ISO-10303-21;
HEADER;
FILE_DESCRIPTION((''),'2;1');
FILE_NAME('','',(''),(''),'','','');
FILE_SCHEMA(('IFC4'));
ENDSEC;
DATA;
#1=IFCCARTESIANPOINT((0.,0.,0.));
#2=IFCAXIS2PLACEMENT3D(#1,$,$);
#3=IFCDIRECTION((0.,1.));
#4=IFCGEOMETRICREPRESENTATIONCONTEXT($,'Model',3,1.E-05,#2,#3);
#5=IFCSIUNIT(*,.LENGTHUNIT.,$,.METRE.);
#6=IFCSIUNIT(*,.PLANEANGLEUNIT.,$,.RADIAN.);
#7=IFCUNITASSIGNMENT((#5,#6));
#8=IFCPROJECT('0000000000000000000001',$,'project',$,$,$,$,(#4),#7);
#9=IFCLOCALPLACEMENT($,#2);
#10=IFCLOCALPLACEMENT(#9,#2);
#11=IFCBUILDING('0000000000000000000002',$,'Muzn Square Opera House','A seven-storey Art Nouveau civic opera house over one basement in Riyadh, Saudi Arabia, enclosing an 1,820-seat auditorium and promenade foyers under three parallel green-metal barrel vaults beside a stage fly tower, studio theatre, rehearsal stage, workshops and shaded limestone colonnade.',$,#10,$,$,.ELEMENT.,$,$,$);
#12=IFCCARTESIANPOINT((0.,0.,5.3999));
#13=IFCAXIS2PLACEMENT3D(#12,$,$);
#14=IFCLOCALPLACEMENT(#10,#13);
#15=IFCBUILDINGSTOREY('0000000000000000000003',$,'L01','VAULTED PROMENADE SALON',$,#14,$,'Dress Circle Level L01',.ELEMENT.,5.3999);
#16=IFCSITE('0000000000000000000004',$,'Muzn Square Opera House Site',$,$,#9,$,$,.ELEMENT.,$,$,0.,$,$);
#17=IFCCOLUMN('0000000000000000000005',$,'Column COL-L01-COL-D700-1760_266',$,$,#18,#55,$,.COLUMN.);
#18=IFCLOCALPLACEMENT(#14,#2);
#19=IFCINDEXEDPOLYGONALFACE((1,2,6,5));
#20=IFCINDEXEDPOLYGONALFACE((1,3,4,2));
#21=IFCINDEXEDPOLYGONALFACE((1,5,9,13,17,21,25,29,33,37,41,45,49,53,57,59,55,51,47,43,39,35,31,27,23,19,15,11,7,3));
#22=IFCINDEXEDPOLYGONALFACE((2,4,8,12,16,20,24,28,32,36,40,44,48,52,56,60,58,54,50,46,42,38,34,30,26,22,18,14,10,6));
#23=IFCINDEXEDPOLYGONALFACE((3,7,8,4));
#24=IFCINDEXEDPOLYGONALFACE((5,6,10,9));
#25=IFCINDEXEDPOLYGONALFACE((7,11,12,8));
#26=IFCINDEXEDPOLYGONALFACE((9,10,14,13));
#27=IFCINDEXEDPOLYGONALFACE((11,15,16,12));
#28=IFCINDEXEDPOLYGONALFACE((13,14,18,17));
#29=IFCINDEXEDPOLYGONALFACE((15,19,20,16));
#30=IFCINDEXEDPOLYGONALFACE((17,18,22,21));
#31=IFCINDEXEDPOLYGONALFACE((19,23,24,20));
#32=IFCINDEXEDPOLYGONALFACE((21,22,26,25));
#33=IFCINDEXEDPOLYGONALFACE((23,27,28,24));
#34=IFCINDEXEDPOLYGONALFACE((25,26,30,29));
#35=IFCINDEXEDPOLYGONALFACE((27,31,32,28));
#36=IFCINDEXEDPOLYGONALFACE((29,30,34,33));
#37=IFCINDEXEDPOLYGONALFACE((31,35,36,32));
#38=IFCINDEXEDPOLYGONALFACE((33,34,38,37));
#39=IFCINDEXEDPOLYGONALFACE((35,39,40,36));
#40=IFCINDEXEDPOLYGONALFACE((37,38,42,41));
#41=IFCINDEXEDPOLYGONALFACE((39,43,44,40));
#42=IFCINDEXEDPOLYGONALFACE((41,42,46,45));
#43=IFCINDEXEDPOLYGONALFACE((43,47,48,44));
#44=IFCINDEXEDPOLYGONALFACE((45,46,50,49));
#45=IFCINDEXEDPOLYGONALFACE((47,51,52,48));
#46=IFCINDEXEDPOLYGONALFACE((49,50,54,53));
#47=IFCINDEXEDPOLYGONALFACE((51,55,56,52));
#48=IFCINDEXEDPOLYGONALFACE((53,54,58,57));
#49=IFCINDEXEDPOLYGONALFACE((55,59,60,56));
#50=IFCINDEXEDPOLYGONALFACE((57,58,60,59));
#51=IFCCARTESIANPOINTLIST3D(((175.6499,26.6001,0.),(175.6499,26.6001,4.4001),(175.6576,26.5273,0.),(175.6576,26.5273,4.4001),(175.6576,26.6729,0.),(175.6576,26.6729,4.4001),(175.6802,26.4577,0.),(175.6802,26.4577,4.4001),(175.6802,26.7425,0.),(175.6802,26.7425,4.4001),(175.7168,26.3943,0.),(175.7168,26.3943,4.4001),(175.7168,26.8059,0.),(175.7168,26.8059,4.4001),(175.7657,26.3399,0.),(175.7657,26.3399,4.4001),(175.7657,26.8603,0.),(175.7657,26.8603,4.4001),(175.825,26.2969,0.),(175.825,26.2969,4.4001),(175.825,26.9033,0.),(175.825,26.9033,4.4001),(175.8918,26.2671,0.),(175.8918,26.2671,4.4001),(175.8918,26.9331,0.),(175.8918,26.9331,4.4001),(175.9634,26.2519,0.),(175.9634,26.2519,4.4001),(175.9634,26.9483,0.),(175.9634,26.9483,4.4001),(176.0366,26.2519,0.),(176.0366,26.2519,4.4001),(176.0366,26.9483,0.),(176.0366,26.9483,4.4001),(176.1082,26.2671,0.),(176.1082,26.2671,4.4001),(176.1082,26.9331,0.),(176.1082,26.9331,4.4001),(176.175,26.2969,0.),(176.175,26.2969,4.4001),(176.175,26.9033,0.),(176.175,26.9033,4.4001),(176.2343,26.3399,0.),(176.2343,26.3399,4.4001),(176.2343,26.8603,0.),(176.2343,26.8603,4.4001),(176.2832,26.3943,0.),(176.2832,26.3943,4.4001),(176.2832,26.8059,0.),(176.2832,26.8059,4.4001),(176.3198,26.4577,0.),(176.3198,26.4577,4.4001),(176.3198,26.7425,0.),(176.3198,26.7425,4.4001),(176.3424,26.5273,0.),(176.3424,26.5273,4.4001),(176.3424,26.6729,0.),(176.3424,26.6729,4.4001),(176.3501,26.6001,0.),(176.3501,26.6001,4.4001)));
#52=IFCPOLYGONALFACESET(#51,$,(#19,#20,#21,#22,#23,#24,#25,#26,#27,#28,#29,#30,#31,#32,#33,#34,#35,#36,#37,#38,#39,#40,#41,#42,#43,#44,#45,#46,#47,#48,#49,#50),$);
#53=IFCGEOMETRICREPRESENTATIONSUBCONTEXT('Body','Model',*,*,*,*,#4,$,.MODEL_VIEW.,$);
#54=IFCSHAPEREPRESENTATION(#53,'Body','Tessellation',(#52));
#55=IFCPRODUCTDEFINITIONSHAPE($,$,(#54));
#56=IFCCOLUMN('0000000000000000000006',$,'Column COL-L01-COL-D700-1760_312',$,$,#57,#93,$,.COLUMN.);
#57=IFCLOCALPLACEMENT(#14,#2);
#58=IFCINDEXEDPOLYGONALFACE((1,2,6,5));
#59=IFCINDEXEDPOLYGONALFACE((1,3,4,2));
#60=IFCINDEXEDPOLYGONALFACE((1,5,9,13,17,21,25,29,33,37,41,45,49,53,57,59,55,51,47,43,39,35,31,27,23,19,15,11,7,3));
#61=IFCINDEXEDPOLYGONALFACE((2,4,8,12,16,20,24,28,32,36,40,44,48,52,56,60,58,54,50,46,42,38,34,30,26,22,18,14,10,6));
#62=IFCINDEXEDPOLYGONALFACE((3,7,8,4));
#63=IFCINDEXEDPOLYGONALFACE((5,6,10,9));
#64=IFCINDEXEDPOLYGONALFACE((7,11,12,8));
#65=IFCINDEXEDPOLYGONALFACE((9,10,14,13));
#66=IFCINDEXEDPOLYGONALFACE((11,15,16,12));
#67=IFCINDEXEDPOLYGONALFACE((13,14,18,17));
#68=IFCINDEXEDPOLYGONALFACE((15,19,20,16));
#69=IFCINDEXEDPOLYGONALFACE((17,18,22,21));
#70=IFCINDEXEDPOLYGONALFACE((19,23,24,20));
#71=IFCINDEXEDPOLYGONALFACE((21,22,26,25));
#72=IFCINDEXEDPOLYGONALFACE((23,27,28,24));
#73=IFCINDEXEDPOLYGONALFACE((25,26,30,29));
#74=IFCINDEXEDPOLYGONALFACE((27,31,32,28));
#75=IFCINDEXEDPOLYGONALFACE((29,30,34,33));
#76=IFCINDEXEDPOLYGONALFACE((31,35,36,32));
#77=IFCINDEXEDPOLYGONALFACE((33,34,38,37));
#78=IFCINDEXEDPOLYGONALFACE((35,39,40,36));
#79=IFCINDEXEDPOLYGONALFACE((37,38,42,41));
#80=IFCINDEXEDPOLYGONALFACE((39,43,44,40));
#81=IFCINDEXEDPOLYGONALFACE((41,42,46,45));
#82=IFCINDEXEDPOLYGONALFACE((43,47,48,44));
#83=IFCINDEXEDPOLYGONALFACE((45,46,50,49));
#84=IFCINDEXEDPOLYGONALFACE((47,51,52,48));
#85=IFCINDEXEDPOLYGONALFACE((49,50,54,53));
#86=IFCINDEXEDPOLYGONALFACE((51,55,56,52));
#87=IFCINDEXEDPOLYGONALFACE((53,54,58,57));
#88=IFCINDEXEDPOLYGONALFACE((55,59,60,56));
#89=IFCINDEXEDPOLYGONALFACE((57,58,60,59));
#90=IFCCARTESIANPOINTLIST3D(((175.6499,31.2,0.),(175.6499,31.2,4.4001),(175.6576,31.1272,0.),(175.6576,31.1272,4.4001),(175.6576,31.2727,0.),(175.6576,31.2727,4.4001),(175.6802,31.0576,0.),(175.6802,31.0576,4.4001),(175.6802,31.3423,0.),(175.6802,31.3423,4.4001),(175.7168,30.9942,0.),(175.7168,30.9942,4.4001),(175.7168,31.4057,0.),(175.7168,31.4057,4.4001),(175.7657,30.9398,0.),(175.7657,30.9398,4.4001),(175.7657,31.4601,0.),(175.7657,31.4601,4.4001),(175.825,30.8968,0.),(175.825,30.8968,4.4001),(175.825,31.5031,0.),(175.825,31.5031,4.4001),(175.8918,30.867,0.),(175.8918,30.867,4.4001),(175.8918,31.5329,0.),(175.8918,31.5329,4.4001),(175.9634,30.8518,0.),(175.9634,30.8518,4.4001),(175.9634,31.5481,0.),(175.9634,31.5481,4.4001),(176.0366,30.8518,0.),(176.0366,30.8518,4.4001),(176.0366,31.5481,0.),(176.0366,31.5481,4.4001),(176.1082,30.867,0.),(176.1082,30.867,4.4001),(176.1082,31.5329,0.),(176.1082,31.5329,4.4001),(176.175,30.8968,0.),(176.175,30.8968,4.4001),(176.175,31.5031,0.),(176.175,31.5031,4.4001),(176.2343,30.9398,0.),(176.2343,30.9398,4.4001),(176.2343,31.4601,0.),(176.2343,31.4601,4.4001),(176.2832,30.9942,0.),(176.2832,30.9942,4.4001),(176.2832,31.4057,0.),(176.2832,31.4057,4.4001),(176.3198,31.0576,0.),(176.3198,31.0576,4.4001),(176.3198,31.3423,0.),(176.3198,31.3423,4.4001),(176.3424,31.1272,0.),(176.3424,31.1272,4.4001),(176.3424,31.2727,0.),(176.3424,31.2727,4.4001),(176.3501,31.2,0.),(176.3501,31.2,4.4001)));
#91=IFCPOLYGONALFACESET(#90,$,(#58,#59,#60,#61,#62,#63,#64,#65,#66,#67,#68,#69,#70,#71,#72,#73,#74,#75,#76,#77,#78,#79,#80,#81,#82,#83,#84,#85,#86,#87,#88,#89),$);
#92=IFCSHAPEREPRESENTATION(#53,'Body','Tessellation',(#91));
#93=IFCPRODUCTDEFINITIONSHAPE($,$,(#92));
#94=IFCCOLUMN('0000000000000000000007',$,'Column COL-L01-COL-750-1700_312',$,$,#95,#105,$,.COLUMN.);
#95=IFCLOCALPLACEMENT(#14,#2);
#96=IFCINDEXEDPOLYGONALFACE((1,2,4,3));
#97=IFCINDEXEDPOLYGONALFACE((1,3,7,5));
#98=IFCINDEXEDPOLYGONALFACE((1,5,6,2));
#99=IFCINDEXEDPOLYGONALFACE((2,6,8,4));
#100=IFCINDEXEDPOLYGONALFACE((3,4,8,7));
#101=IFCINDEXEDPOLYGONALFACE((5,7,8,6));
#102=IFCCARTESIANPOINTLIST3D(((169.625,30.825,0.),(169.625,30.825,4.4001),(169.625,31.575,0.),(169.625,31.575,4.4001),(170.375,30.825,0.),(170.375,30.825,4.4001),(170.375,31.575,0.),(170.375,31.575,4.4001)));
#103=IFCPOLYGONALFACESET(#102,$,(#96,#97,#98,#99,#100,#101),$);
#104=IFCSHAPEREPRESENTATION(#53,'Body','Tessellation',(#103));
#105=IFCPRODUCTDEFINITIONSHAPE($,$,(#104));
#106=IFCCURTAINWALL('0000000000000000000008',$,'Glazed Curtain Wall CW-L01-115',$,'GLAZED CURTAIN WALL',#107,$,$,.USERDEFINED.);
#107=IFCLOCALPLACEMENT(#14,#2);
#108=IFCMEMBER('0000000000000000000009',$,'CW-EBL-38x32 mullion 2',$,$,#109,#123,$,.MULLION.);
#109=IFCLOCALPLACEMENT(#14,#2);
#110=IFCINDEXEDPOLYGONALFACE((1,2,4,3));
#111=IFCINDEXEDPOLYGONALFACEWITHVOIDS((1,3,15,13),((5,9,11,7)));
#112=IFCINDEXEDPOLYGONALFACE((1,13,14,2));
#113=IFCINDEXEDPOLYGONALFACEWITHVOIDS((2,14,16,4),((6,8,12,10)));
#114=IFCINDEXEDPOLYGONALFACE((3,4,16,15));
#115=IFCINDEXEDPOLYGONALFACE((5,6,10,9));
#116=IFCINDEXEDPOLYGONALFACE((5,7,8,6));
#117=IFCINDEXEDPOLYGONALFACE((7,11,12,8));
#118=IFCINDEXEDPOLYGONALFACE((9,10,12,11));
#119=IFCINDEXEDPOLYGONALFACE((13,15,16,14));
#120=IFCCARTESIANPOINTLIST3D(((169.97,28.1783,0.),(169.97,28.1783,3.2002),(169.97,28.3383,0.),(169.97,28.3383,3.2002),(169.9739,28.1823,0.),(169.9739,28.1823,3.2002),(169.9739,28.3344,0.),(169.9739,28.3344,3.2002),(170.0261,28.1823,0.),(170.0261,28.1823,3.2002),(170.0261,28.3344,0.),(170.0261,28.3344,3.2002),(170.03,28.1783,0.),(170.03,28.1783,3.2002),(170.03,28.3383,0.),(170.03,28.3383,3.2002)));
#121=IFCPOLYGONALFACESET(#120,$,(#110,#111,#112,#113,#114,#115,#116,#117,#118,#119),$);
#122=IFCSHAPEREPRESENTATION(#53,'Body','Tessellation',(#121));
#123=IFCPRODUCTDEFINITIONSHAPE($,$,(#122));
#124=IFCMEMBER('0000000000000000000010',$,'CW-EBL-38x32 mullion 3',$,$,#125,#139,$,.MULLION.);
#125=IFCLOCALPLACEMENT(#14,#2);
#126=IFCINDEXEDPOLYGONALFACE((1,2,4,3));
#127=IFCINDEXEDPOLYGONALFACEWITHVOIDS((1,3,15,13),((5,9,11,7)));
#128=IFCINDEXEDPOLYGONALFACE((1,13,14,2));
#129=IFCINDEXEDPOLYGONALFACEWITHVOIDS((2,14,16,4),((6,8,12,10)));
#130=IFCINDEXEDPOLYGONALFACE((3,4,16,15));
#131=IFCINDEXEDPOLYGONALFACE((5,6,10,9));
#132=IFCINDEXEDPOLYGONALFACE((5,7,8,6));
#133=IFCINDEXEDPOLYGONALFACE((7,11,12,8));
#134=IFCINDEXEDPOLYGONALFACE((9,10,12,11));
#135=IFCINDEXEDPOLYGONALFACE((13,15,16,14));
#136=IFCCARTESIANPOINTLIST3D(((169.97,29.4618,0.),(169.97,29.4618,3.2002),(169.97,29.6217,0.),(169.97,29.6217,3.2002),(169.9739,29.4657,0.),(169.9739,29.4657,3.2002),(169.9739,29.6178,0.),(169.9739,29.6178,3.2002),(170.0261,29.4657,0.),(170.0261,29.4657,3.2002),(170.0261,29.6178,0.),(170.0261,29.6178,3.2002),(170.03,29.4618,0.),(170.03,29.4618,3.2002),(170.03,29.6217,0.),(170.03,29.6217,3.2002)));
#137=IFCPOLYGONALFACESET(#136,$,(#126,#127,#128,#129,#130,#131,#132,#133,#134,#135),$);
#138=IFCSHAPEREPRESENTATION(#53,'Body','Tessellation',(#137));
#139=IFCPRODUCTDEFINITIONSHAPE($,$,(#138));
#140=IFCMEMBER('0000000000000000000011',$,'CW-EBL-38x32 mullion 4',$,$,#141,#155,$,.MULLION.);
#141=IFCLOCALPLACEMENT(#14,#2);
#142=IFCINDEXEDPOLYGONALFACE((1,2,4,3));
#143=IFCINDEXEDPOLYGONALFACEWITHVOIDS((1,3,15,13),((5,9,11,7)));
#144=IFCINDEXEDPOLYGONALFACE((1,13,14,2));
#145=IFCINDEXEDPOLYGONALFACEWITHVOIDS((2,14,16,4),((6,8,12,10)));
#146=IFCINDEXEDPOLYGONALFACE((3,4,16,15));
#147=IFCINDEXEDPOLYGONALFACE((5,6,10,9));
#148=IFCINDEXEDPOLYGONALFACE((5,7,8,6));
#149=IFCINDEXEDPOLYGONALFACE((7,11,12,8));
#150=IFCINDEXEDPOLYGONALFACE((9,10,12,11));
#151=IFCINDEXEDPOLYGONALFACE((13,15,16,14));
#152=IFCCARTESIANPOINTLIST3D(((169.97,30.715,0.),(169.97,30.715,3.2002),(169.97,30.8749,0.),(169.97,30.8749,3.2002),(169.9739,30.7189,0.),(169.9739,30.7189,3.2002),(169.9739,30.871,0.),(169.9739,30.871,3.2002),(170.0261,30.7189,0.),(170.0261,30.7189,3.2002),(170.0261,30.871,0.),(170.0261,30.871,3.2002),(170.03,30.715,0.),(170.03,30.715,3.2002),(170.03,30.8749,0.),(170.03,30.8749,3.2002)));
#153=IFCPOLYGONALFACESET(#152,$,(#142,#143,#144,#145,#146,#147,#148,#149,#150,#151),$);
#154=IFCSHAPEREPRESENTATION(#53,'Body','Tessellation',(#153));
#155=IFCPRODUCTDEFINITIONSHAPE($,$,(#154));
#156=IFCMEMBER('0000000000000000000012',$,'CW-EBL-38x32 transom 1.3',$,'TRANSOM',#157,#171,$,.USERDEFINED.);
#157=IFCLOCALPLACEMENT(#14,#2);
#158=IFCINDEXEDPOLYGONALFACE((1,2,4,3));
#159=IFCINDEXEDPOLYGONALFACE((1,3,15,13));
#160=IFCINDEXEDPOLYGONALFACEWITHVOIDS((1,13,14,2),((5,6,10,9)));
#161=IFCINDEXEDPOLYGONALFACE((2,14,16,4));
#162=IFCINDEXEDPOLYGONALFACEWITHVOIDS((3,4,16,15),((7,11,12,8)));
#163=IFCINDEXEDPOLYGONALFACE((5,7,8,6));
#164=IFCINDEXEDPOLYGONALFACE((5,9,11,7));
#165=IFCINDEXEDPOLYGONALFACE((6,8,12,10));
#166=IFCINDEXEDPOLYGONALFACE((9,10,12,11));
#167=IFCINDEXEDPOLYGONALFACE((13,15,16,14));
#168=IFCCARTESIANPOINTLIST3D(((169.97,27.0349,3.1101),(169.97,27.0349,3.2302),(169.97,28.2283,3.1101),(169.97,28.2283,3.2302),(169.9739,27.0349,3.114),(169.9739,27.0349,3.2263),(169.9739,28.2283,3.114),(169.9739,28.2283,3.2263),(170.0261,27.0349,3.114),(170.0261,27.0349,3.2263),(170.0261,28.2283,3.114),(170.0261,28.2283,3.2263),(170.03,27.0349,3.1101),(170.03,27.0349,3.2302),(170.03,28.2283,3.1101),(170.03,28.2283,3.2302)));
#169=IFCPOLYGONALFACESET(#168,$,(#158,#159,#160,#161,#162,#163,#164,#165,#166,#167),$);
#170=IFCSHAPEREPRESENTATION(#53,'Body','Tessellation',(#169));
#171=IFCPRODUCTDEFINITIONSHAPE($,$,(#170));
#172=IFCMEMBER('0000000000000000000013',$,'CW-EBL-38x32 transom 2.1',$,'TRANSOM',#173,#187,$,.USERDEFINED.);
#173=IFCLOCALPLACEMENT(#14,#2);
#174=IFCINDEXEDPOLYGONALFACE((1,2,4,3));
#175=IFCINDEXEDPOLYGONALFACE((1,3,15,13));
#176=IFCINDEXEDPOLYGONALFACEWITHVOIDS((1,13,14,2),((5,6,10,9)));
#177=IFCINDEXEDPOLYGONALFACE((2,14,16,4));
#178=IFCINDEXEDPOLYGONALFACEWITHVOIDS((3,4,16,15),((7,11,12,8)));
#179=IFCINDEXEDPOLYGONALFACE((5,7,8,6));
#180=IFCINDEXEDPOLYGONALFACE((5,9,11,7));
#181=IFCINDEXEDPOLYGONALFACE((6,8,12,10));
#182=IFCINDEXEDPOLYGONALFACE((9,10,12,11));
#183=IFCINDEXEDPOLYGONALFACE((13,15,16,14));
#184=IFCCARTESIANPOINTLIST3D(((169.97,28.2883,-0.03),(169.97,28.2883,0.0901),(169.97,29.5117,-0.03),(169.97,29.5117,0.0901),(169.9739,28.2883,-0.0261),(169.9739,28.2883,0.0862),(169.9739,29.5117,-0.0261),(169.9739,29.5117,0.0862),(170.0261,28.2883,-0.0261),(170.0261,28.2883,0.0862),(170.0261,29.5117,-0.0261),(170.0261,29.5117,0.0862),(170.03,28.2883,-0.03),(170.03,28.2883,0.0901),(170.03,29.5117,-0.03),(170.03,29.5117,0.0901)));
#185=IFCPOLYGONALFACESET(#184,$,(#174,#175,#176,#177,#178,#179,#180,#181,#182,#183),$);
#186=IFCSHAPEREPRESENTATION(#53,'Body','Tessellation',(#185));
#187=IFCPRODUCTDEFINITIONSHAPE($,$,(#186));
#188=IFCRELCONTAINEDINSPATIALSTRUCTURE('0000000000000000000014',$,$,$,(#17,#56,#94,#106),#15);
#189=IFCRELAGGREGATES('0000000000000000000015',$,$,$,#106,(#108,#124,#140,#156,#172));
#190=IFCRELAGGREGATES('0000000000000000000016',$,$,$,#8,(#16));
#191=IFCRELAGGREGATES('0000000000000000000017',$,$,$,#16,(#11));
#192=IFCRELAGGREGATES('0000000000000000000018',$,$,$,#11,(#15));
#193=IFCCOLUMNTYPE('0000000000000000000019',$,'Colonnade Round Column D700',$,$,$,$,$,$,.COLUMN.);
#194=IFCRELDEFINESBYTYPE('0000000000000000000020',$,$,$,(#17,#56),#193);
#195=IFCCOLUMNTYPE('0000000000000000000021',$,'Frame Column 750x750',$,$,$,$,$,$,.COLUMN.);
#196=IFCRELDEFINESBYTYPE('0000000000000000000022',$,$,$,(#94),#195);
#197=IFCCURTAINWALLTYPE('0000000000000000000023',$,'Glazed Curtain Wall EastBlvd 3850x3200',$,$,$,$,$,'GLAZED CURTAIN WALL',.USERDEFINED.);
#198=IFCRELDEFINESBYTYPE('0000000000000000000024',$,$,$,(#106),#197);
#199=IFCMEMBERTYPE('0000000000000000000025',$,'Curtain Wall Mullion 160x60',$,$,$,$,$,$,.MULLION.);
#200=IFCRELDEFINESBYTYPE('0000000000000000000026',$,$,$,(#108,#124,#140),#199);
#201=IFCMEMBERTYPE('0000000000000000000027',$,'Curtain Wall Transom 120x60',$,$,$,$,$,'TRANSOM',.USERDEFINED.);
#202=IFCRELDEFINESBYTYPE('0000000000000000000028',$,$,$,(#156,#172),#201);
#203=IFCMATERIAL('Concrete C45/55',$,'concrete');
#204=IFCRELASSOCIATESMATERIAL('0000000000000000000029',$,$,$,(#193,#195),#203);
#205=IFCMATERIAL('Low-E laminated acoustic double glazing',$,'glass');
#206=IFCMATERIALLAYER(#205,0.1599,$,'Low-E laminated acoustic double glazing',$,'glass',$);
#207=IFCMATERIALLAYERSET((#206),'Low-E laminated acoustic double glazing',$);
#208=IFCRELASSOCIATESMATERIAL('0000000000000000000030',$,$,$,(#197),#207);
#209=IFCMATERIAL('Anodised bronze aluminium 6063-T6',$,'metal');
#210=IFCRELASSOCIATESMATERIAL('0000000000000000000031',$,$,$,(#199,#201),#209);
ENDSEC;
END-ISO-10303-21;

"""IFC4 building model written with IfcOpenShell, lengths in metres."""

from ifc_helpers import new_model, si_unit, direction, frame, origin, origin_2d, place, context, subcontext, project, spatial, rectangle, hollow_rectangle, circle, extrude, material, layer, layer_set, material_profile, profile_set, type_object, element, aggregate, save


model = new_model("IFC4")

# Units and contexts
model_context = context("Model", 3, precision=1e-05, world=origin(), true_north=direction((0.0, 1.0)))
body_context = subcontext(model_context, "Body", "Model", "MODEL_VIEW")
ifc_project = project(units=[si_unit("LENGTHUNIT", "METRE"), si_unit("PLANEANGLEUNIT", "RADIAN")], contexts=[model_context])

# Site, building, storey
site_placement = place(None, origin())
site = spatial("IfcSite", under=ifc_project, at=site_placement, Name="Muzn Square Opera House Site", CompositionType="ELEMENT", RefElevation=0.0)
building_placement = place(site_placement, origin())
building = spatial("IfcBuilding", under=site, at=building_placement, Name="Muzn Square Opera House", Description="A seven-storey Art Nouveau civic opera house over one basement in Riyadh, Saudi Arabia, enclosing an 1,820-seat auditorium and promenade foyers under three parallel green-metal barrel vaults beside a stage fly tower, studio theatre, rehearsal stage, workshops and shaded limestone colonnade.", CompositionType="ELEMENT")
storey_placement = place(building_placement, frame((0.0, 0.0, 5.3999)))
storey = spatial("IfcBuildingStorey", under=building, at=storey_placement, Name="L01", Description="VAULTED PROMENADE SALON", LongName="Dress Circle Level L01", CompositionType="ELEMENT", Elevation=5.3999)

# Columns
ifc_material_1 = material(Name="Concrete C45/55", Category="concrete")
ifc_material_profile_1 = material_profile(ifc_material_1, circle(Radius=0.3501, at=origin_2d()), Name="RCC D700", Category="concrete")
ifc_profile_set_1 = profile_set([ifc_material_profile_1], Name="Concrete C45/55")
column_type_1 = type_object("IfcColumnType", Name="Colonnade Round Column D700", PredefinedType="COLUMN", material=ifc_profile_set_1)
for number, where, z_axis, x_axis, name in (
    (1, (176.0, 26.6001, 0.0), (0.0, 0.0, 1.0), (1.0, 0.0, 0.0), "Column COL-L01-COL-D700-1760_266"),
    (2, (176.0, 31.2, 0.0), (0.0, 0.0, 1.0), (1.0, 0.0, 0.0), "Column COL-L01-COL-D700-1760_312"),
):
    element("IfcColumn", number, at=place(storey_placement, frame(where, z_axis=z_axis, x_axis=x_axis)), inside=storey, type_object=column_type_1, Name=name, PredefinedType="COLUMN", context=body_context, shape_type="SweptSolid", body=[
        extrude(circle(Radius=0.3501, at=origin_2d()), origin(), (0.0, 0.0, 1.0), 4.4001),
    ])
ifc_material_profile_2 = material_profile(ifc_material_1, rectangle(XDim=0.75, YDim=0.75, at=origin_2d()), Name="RC 750x750", Category="concrete")
ifc_profile_set_2 = profile_set([ifc_material_profile_2], Name="Concrete C45/55")
column_type_2 = type_object("IfcColumnType", Name="Frame Column 750x750", PredefinedType="COLUMN", material=ifc_profile_set_2)
column_placement = place(storey_placement, frame((170.0, 31.2, 0.0), z_axis=(0.0, 0.0, 1.0), x_axis=(1.0, 0.0, 0.0)))
element("IfcColumn", 3, at=column_placement, inside=storey, type_object=column_type_2, Name="Column COL-L01-COL-750-1700_312", PredefinedType="COLUMN", context=body_context, shape_type="SweptSolid", body=[
    extrude(rectangle(XDim=0.75, YDim=0.75, at=origin_2d()), origin(), (0.0, 0.0, 1.0), 4.4001),
])

# Curtain wall, members
ifc_material_2 = material(Name="Low-E laminated acoustic double glazing", Category="glass")
ifc_layer_1 = layer(ifc_material_2, 0.1599, Name="Low-E laminated acoustic double glazing", Category="glass")
ifc_layer_set_1 = layer_set([ifc_layer_1], Name="Low-E laminated acoustic double glazing")
curtain_wall_type = type_object("IfcCurtainWallType", Name="Glazed Curtain Wall EastBlvd 3850x3200", ElementType="GLAZED CURTAIN WALL", PredefinedType="USERDEFINED", material=ifc_layer_set_1)
curtain_wall_placement = place(storey_placement, origin())
curtain_wall = element("IfcCurtainWall", 4, at=curtain_wall_placement, inside=storey, type_object=curtain_wall_type, Name="Glazed Curtain Wall CW-L01-115", ObjectType="GLAZED CURTAIN WALL", PredefinedType="USERDEFINED")
ifc_material_3 = material(Name="Anodised bronze aluminium 6063-T6", Category="metal")
ifc_material_profile_3 = material_profile(ifc_material_3, hollow_rectangle(XDim=0.0601, YDim=0.1599, WallThickness=0.0039, at=origin_2d()), Name="ALU 160x60x4", Category="metal")
ifc_profile_set_3 = profile_set([ifc_material_profile_3], Name="Anodised bronze aluminium 6063-T6")
member_type_1 = type_object("IfcMemberType", Name="Curtain Wall Mullion 160x60", PredefinedType="MULLION", material=ifc_profile_set_3)
member_1_placement = place(storey_placement, frame((170.0, 28.2583, 0.0), z_axis=(0.0, 0.0, 1.0), x_axis=(-1.0, 0.0, 0.0)))
member_1 = element("IfcMember", 5, at=member_1_placement, type_object=member_type_1, Name="CW-EBL-38x32 mullion 2", PredefinedType="MULLION", context=body_context, shape_type="SweptSolid", body=[
    extrude(hollow_rectangle(XDim=0.0601, YDim=0.1599, WallThickness=0.0039, at=origin_2d()), origin(), (0.0, 0.0, 1.0), 3.2002),
])
member_2_placement = place(storey_placement, frame((170.0, 29.5417, 0.0), z_axis=(0.0, 0.0, 1.0), x_axis=(-1.0, 0.0, 0.0)))
member_2 = element("IfcMember", 6, at=member_2_placement, type_object=member_type_1, Name="CW-EBL-38x32 mullion 3", PredefinedType="MULLION", context=body_context, shape_type="SweptSolid", body=[
    extrude(hollow_rectangle(XDim=0.0601, YDim=0.1599, WallThickness=0.0039, at=origin_2d()), origin(), (0.0, 0.0, 1.0), 3.2002),
])
member_3_placement = place(storey_placement, frame((170.0, 30.7949, 0.0), z_axis=(0.0, 0.0, 1.0), x_axis=(-1.0, 0.0, 0.0)))
member_3 = element("IfcMember", 7, at=member_3_placement, type_object=member_type_1, Name="CW-EBL-38x32 mullion 4", PredefinedType="MULLION", context=body_context, shape_type="SweptSolid", body=[
    extrude(hollow_rectangle(XDim=0.0601, YDim=0.1599, WallThickness=0.0039, at=origin_2d()), origin(), (0.0, 0.0, 1.0), 3.2002),
])
ifc_material_profile_4 = material_profile(ifc_material_3, hollow_rectangle(XDim=0.0601, YDim=0.1201, WallThickness=0.0039, at=origin_2d()), Name="ALU 120x60x4", Category="metal")
ifc_profile_set_4 = profile_set([ifc_material_profile_4], Name="Anodised bronze aluminium 6063-T6")
member_type_2 = type_object("IfcMemberType", Name="Curtain Wall Transom 120x60", ElementType="TRANSOM", PredefinedType="USERDEFINED", material=ifc_profile_set_4)
member_4_placement = place(storey_placement, frame((170.0, 27.0349, 3.1702), z_axis=(0.0, 1.0, 0.0), x_axis=(-1.0, 0.0, 0.0)))
member_4 = element("IfcMember", 8, at=member_4_placement, type_object=member_type_2, Name="CW-EBL-38x32 transom 1.3", ObjectType="TRANSOM", PredefinedType="USERDEFINED", context=body_context, shape_type="SweptSolid", body=[
    extrude(hollow_rectangle(XDim=0.0601, YDim=0.1201, WallThickness=0.0039, at=origin_2d()), origin(), (0.0, 0.0, 1.0), 1.1934),
])
member_5_placement = place(storey_placement, frame((170.0, 28.2883, 0.03), z_axis=(0.0, 1.0, 0.0), x_axis=(-1.0, 0.0, 0.0)))
member_5 = element("IfcMember", 9, at=member_5_placement, type_object=member_type_2, Name="CW-EBL-38x32 transom 2.1", ObjectType="TRANSOM", PredefinedType="USERDEFINED", context=body_context, shape_type="SweptSolid", body=[
    extrude(hollow_rectangle(XDim=0.0601, YDim=0.1201, WallThickness=0.0039, at=origin_2d()), origin(), (0.0, 0.0, 1.0), 1.2234),
])

aggregate(curtain_wall, [member_1, member_2, member_3, member_4, member_5])

save(model, "model.ifc")
